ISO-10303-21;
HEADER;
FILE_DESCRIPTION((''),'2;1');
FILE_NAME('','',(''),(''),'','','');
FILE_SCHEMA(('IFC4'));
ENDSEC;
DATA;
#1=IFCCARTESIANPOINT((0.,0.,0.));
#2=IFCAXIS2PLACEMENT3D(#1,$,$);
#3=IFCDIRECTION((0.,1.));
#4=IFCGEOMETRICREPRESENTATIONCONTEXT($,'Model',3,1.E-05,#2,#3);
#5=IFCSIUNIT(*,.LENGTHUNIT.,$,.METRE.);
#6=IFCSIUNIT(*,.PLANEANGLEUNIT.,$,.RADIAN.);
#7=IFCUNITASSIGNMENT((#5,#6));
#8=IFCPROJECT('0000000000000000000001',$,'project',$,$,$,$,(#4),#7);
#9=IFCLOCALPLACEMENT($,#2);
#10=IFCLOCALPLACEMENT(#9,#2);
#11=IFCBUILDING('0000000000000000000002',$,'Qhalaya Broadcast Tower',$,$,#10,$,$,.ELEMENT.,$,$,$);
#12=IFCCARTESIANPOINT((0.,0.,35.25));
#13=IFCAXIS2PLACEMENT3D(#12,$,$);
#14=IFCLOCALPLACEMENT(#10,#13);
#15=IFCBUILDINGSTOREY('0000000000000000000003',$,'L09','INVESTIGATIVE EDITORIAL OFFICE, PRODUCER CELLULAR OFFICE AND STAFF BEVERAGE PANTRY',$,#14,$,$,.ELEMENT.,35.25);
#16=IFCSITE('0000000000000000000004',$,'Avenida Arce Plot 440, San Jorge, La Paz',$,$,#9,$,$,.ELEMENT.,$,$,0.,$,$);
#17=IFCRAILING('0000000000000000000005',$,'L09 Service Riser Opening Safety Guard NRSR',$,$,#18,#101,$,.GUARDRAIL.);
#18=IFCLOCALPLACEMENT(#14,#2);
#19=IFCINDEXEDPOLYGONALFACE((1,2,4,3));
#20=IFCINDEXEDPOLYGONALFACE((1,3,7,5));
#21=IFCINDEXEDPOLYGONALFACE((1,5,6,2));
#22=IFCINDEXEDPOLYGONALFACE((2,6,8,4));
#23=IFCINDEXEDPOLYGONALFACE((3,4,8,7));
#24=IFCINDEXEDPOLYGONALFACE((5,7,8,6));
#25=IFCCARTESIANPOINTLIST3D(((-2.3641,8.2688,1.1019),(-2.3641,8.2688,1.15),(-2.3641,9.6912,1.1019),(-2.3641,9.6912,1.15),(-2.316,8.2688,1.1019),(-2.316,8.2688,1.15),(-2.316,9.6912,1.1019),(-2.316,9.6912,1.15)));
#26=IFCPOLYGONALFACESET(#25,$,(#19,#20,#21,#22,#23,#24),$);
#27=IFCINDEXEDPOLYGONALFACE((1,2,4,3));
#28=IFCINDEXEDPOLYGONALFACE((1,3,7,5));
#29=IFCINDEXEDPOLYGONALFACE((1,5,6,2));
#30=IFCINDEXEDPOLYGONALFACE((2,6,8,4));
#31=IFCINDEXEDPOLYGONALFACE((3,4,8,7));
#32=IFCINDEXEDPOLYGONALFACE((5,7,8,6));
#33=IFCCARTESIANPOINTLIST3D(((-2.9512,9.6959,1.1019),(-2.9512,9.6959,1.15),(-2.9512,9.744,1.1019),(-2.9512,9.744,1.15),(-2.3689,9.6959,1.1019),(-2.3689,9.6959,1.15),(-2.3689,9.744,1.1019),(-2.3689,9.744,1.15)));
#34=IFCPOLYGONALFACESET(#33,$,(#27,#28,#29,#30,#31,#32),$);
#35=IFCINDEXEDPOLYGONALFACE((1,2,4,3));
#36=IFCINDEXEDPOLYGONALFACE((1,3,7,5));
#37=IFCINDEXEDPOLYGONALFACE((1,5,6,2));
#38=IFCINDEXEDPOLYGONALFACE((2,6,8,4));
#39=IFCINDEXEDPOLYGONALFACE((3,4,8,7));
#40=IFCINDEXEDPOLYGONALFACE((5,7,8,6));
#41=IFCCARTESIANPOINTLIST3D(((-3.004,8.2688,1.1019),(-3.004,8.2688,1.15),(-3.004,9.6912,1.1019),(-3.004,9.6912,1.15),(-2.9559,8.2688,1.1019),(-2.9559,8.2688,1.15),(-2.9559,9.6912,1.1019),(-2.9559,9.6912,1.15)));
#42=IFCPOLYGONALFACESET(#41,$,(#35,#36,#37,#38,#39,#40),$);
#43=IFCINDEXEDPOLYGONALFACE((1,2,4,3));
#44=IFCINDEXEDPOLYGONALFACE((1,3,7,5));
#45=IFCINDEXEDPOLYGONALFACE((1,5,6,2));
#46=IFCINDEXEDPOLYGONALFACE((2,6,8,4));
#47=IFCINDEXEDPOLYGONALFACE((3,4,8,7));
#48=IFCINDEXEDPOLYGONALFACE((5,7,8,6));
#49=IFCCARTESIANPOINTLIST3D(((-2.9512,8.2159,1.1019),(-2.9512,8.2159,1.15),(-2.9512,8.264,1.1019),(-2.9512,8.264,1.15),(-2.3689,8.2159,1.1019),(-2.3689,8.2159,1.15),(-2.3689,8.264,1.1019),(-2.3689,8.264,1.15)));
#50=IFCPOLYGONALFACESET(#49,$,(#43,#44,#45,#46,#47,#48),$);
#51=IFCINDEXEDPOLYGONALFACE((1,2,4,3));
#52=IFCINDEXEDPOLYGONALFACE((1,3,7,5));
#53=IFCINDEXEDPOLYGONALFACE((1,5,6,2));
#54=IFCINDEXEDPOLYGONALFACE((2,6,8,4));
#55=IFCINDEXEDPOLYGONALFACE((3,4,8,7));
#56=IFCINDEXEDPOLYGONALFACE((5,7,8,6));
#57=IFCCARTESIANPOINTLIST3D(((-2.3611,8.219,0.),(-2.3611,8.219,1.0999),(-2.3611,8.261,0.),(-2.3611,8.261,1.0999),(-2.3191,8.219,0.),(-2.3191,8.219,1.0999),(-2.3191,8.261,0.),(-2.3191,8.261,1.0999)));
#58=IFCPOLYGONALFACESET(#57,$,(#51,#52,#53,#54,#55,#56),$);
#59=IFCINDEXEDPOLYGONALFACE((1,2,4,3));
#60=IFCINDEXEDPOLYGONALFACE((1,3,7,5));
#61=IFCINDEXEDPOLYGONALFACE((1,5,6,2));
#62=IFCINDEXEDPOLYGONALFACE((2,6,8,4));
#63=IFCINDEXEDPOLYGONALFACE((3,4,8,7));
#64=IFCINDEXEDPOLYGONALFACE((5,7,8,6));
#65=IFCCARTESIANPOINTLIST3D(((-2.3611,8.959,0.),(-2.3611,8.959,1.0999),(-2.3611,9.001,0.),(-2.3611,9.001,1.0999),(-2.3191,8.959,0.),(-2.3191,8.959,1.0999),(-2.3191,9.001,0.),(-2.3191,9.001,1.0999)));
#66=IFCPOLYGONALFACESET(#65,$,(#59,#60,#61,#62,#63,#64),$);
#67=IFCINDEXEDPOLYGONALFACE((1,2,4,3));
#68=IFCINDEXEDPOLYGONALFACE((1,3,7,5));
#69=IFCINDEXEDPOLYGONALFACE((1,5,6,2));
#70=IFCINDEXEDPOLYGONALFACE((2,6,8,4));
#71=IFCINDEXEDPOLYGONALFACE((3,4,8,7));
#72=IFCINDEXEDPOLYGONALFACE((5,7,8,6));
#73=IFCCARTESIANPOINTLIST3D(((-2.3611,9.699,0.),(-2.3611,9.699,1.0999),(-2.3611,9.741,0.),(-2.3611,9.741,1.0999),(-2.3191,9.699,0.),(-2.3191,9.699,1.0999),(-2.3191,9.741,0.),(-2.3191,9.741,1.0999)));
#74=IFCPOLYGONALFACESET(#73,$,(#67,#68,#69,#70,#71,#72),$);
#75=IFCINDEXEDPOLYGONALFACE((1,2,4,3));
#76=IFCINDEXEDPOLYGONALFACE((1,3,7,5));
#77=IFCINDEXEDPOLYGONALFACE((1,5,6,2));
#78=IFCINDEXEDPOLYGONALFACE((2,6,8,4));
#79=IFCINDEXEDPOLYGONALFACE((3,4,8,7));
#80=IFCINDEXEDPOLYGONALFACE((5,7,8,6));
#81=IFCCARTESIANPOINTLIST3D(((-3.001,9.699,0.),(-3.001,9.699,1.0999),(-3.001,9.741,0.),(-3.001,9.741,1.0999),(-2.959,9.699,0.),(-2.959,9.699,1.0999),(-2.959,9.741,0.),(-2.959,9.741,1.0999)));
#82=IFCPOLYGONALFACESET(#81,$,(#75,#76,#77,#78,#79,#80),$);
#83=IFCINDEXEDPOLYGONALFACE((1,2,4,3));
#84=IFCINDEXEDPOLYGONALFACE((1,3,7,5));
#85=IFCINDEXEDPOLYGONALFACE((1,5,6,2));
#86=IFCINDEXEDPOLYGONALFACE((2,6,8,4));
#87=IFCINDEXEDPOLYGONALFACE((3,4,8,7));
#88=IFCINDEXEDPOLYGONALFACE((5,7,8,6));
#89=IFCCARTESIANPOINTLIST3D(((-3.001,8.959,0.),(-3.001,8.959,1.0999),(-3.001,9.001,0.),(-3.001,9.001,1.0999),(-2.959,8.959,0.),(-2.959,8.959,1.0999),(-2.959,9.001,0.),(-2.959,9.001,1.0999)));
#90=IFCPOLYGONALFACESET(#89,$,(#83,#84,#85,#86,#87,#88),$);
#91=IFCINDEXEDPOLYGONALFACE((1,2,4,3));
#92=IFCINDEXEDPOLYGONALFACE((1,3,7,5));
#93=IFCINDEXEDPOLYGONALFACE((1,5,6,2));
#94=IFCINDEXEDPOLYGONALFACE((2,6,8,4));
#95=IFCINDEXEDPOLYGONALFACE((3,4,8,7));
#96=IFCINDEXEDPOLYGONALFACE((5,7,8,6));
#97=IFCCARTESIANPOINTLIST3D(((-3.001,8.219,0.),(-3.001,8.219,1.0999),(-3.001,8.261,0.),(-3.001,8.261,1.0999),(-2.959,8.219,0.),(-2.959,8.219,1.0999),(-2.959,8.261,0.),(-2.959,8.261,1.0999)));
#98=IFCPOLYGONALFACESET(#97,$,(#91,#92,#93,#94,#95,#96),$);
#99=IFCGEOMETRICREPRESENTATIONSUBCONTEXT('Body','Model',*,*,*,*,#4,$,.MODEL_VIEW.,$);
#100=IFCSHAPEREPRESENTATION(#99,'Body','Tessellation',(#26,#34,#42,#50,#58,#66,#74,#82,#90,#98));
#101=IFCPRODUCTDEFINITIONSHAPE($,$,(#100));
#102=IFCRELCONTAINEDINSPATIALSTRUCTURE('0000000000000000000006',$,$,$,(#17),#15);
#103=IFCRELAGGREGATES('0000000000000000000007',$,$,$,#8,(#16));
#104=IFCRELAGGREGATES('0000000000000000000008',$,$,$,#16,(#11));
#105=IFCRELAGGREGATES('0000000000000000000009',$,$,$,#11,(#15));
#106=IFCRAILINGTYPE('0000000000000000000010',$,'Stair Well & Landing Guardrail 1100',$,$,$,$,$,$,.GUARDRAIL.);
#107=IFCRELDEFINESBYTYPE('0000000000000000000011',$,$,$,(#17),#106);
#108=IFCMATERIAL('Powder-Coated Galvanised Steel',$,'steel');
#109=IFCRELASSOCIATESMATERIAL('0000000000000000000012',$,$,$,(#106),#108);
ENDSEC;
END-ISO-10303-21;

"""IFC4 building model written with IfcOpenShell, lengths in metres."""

from ifc_helpers import new_model, si_unit, direction, frame, origin, origin_2d, place, context, subcontext, project, spatial, rectangle, extrude, material, type_object, element, save


model = new_model("IFC4")

# Units and contexts
model_context = context("Model", 3, precision=1e-05, world=origin(), true_north=direction((0.0, 1.0)))
body_context = subcontext(model_context, "Body", "Model", "MODEL_VIEW")
ifc_project = project(units=[si_unit("LENGTHUNIT", "METRE"), si_unit("PLANEANGLEUNIT", "RADIAN")], contexts=[model_context])

# Site, building, storey
site_placement = place(None, origin())
site = spatial("IfcSite", under=ifc_project, at=site_placement, Name="Avenida Arce Plot 440, San Jorge, La Paz", CompositionType="ELEMENT", RefElevation=0.0)
building_placement = place(site_placement, origin())
building = spatial("IfcBuilding", under=site, at=building_placement, Name="Qhalaya Broadcast Tower", CompositionType="ELEMENT")
storey_placement = place(building_placement, frame((0.0, 0.0, 35.25)))
storey = spatial("IfcBuildingStorey", under=building, at=storey_placement, Name="L09", Description="INVESTIGATIVE EDITORIAL OFFICE, PRODUCER CELLULAR OFFICE AND STAFF BEVERAGE PANTRY", CompositionType="ELEMENT", Elevation=35.25)

# Railing
ifc_material_1 = material(Name="Powder-Coated Galvanised Steel", Category="steel")
railing_type = type_object("IfcRailingType", Name="Stair Well & Landing Guardrail 1100", PredefinedType="GUARDRAIL", material=ifc_material_1)
railing_placement = place(storey_placement, frame((-2.3401, 8.24, 0.0)))
element("IfcRailing", 1, at=railing_placement, inside=storey, type_object=railing_type, Name="L09 Service Riser Opening Safety Guard NRSR", PredefinedType="GUARDRAIL", context=body_context, shape_type="SweptSolid", body=[
    extrude(rectangle(XDim=0.0481, YDim=0.0481, at=origin_2d()), frame((0.0, 0.0288, 1.126), z_axis=(0.0, 1.0, 0.0), x_axis=(-1.0, 0.0, 0.0)), (0.0, 0.0, 1.0), 1.4224),
    extrude(rectangle(XDim=0.0481, YDim=0.0481, at=origin_2d()), frame((-0.0288, 1.48, 1.126), z_axis=(-1.0, 0.0, 0.0), x_axis=(0.0, -1.0, 0.0)), (0.0, 0.0, 1.0), 0.5823),
    extrude(rectangle(XDim=0.0481, YDim=0.0481, at=origin_2d()), frame((-0.6399, 1.4512, 1.126), z_axis=(0.0, -1.0, 0.0), x_axis=(1.0, 0.0, 0.0)), (0.0, 0.0, 1.0), 1.4224),
    extrude(rectangle(XDim=0.0481, YDim=0.0481, at=origin_2d()), frame((-0.6111, 0.0, 1.126), z_axis=(1.0, 0.0, 0.0), x_axis=(0.0, 1.0, 0.0)), (0.0, 0.0, 1.0), 0.5823),
    extrude(rectangle(XDim=0.042, YDim=0.042, at=origin_2d()), origin(), (0.0, 0.0, 1.0), 1.0999),
    extrude(rectangle(XDim=0.042, YDim=0.042, at=origin_2d()), frame((0.0, 0.74, 0.0)), (0.0, 0.0, 1.0), 1.0999),
    extrude(rectangle(XDim=0.042, YDim=0.042, at=origin_2d()), frame((0.0, 1.48, 0.0)), (0.0, 0.0, 1.0), 1.0999),
    extrude(rectangle(XDim=0.042, YDim=0.042, at=origin_2d()), frame((-0.6399, 1.48, 0.0)), (0.0, 0.0, 1.0), 1.0999),
    extrude(rectangle(XDim=0.042, YDim=0.042, at=origin_2d()), frame((-0.6399, 0.74, 0.0)), (0.0, 0.0, 1.0), 1.0999),
    extrude(rectangle(XDim=0.042, YDim=0.042, at=origin_2d()), frame((-0.6399, 0.0, 0.0)), (0.0, 0.0, 1.0), 1.0999),
])

save(model, "model.ifc")
